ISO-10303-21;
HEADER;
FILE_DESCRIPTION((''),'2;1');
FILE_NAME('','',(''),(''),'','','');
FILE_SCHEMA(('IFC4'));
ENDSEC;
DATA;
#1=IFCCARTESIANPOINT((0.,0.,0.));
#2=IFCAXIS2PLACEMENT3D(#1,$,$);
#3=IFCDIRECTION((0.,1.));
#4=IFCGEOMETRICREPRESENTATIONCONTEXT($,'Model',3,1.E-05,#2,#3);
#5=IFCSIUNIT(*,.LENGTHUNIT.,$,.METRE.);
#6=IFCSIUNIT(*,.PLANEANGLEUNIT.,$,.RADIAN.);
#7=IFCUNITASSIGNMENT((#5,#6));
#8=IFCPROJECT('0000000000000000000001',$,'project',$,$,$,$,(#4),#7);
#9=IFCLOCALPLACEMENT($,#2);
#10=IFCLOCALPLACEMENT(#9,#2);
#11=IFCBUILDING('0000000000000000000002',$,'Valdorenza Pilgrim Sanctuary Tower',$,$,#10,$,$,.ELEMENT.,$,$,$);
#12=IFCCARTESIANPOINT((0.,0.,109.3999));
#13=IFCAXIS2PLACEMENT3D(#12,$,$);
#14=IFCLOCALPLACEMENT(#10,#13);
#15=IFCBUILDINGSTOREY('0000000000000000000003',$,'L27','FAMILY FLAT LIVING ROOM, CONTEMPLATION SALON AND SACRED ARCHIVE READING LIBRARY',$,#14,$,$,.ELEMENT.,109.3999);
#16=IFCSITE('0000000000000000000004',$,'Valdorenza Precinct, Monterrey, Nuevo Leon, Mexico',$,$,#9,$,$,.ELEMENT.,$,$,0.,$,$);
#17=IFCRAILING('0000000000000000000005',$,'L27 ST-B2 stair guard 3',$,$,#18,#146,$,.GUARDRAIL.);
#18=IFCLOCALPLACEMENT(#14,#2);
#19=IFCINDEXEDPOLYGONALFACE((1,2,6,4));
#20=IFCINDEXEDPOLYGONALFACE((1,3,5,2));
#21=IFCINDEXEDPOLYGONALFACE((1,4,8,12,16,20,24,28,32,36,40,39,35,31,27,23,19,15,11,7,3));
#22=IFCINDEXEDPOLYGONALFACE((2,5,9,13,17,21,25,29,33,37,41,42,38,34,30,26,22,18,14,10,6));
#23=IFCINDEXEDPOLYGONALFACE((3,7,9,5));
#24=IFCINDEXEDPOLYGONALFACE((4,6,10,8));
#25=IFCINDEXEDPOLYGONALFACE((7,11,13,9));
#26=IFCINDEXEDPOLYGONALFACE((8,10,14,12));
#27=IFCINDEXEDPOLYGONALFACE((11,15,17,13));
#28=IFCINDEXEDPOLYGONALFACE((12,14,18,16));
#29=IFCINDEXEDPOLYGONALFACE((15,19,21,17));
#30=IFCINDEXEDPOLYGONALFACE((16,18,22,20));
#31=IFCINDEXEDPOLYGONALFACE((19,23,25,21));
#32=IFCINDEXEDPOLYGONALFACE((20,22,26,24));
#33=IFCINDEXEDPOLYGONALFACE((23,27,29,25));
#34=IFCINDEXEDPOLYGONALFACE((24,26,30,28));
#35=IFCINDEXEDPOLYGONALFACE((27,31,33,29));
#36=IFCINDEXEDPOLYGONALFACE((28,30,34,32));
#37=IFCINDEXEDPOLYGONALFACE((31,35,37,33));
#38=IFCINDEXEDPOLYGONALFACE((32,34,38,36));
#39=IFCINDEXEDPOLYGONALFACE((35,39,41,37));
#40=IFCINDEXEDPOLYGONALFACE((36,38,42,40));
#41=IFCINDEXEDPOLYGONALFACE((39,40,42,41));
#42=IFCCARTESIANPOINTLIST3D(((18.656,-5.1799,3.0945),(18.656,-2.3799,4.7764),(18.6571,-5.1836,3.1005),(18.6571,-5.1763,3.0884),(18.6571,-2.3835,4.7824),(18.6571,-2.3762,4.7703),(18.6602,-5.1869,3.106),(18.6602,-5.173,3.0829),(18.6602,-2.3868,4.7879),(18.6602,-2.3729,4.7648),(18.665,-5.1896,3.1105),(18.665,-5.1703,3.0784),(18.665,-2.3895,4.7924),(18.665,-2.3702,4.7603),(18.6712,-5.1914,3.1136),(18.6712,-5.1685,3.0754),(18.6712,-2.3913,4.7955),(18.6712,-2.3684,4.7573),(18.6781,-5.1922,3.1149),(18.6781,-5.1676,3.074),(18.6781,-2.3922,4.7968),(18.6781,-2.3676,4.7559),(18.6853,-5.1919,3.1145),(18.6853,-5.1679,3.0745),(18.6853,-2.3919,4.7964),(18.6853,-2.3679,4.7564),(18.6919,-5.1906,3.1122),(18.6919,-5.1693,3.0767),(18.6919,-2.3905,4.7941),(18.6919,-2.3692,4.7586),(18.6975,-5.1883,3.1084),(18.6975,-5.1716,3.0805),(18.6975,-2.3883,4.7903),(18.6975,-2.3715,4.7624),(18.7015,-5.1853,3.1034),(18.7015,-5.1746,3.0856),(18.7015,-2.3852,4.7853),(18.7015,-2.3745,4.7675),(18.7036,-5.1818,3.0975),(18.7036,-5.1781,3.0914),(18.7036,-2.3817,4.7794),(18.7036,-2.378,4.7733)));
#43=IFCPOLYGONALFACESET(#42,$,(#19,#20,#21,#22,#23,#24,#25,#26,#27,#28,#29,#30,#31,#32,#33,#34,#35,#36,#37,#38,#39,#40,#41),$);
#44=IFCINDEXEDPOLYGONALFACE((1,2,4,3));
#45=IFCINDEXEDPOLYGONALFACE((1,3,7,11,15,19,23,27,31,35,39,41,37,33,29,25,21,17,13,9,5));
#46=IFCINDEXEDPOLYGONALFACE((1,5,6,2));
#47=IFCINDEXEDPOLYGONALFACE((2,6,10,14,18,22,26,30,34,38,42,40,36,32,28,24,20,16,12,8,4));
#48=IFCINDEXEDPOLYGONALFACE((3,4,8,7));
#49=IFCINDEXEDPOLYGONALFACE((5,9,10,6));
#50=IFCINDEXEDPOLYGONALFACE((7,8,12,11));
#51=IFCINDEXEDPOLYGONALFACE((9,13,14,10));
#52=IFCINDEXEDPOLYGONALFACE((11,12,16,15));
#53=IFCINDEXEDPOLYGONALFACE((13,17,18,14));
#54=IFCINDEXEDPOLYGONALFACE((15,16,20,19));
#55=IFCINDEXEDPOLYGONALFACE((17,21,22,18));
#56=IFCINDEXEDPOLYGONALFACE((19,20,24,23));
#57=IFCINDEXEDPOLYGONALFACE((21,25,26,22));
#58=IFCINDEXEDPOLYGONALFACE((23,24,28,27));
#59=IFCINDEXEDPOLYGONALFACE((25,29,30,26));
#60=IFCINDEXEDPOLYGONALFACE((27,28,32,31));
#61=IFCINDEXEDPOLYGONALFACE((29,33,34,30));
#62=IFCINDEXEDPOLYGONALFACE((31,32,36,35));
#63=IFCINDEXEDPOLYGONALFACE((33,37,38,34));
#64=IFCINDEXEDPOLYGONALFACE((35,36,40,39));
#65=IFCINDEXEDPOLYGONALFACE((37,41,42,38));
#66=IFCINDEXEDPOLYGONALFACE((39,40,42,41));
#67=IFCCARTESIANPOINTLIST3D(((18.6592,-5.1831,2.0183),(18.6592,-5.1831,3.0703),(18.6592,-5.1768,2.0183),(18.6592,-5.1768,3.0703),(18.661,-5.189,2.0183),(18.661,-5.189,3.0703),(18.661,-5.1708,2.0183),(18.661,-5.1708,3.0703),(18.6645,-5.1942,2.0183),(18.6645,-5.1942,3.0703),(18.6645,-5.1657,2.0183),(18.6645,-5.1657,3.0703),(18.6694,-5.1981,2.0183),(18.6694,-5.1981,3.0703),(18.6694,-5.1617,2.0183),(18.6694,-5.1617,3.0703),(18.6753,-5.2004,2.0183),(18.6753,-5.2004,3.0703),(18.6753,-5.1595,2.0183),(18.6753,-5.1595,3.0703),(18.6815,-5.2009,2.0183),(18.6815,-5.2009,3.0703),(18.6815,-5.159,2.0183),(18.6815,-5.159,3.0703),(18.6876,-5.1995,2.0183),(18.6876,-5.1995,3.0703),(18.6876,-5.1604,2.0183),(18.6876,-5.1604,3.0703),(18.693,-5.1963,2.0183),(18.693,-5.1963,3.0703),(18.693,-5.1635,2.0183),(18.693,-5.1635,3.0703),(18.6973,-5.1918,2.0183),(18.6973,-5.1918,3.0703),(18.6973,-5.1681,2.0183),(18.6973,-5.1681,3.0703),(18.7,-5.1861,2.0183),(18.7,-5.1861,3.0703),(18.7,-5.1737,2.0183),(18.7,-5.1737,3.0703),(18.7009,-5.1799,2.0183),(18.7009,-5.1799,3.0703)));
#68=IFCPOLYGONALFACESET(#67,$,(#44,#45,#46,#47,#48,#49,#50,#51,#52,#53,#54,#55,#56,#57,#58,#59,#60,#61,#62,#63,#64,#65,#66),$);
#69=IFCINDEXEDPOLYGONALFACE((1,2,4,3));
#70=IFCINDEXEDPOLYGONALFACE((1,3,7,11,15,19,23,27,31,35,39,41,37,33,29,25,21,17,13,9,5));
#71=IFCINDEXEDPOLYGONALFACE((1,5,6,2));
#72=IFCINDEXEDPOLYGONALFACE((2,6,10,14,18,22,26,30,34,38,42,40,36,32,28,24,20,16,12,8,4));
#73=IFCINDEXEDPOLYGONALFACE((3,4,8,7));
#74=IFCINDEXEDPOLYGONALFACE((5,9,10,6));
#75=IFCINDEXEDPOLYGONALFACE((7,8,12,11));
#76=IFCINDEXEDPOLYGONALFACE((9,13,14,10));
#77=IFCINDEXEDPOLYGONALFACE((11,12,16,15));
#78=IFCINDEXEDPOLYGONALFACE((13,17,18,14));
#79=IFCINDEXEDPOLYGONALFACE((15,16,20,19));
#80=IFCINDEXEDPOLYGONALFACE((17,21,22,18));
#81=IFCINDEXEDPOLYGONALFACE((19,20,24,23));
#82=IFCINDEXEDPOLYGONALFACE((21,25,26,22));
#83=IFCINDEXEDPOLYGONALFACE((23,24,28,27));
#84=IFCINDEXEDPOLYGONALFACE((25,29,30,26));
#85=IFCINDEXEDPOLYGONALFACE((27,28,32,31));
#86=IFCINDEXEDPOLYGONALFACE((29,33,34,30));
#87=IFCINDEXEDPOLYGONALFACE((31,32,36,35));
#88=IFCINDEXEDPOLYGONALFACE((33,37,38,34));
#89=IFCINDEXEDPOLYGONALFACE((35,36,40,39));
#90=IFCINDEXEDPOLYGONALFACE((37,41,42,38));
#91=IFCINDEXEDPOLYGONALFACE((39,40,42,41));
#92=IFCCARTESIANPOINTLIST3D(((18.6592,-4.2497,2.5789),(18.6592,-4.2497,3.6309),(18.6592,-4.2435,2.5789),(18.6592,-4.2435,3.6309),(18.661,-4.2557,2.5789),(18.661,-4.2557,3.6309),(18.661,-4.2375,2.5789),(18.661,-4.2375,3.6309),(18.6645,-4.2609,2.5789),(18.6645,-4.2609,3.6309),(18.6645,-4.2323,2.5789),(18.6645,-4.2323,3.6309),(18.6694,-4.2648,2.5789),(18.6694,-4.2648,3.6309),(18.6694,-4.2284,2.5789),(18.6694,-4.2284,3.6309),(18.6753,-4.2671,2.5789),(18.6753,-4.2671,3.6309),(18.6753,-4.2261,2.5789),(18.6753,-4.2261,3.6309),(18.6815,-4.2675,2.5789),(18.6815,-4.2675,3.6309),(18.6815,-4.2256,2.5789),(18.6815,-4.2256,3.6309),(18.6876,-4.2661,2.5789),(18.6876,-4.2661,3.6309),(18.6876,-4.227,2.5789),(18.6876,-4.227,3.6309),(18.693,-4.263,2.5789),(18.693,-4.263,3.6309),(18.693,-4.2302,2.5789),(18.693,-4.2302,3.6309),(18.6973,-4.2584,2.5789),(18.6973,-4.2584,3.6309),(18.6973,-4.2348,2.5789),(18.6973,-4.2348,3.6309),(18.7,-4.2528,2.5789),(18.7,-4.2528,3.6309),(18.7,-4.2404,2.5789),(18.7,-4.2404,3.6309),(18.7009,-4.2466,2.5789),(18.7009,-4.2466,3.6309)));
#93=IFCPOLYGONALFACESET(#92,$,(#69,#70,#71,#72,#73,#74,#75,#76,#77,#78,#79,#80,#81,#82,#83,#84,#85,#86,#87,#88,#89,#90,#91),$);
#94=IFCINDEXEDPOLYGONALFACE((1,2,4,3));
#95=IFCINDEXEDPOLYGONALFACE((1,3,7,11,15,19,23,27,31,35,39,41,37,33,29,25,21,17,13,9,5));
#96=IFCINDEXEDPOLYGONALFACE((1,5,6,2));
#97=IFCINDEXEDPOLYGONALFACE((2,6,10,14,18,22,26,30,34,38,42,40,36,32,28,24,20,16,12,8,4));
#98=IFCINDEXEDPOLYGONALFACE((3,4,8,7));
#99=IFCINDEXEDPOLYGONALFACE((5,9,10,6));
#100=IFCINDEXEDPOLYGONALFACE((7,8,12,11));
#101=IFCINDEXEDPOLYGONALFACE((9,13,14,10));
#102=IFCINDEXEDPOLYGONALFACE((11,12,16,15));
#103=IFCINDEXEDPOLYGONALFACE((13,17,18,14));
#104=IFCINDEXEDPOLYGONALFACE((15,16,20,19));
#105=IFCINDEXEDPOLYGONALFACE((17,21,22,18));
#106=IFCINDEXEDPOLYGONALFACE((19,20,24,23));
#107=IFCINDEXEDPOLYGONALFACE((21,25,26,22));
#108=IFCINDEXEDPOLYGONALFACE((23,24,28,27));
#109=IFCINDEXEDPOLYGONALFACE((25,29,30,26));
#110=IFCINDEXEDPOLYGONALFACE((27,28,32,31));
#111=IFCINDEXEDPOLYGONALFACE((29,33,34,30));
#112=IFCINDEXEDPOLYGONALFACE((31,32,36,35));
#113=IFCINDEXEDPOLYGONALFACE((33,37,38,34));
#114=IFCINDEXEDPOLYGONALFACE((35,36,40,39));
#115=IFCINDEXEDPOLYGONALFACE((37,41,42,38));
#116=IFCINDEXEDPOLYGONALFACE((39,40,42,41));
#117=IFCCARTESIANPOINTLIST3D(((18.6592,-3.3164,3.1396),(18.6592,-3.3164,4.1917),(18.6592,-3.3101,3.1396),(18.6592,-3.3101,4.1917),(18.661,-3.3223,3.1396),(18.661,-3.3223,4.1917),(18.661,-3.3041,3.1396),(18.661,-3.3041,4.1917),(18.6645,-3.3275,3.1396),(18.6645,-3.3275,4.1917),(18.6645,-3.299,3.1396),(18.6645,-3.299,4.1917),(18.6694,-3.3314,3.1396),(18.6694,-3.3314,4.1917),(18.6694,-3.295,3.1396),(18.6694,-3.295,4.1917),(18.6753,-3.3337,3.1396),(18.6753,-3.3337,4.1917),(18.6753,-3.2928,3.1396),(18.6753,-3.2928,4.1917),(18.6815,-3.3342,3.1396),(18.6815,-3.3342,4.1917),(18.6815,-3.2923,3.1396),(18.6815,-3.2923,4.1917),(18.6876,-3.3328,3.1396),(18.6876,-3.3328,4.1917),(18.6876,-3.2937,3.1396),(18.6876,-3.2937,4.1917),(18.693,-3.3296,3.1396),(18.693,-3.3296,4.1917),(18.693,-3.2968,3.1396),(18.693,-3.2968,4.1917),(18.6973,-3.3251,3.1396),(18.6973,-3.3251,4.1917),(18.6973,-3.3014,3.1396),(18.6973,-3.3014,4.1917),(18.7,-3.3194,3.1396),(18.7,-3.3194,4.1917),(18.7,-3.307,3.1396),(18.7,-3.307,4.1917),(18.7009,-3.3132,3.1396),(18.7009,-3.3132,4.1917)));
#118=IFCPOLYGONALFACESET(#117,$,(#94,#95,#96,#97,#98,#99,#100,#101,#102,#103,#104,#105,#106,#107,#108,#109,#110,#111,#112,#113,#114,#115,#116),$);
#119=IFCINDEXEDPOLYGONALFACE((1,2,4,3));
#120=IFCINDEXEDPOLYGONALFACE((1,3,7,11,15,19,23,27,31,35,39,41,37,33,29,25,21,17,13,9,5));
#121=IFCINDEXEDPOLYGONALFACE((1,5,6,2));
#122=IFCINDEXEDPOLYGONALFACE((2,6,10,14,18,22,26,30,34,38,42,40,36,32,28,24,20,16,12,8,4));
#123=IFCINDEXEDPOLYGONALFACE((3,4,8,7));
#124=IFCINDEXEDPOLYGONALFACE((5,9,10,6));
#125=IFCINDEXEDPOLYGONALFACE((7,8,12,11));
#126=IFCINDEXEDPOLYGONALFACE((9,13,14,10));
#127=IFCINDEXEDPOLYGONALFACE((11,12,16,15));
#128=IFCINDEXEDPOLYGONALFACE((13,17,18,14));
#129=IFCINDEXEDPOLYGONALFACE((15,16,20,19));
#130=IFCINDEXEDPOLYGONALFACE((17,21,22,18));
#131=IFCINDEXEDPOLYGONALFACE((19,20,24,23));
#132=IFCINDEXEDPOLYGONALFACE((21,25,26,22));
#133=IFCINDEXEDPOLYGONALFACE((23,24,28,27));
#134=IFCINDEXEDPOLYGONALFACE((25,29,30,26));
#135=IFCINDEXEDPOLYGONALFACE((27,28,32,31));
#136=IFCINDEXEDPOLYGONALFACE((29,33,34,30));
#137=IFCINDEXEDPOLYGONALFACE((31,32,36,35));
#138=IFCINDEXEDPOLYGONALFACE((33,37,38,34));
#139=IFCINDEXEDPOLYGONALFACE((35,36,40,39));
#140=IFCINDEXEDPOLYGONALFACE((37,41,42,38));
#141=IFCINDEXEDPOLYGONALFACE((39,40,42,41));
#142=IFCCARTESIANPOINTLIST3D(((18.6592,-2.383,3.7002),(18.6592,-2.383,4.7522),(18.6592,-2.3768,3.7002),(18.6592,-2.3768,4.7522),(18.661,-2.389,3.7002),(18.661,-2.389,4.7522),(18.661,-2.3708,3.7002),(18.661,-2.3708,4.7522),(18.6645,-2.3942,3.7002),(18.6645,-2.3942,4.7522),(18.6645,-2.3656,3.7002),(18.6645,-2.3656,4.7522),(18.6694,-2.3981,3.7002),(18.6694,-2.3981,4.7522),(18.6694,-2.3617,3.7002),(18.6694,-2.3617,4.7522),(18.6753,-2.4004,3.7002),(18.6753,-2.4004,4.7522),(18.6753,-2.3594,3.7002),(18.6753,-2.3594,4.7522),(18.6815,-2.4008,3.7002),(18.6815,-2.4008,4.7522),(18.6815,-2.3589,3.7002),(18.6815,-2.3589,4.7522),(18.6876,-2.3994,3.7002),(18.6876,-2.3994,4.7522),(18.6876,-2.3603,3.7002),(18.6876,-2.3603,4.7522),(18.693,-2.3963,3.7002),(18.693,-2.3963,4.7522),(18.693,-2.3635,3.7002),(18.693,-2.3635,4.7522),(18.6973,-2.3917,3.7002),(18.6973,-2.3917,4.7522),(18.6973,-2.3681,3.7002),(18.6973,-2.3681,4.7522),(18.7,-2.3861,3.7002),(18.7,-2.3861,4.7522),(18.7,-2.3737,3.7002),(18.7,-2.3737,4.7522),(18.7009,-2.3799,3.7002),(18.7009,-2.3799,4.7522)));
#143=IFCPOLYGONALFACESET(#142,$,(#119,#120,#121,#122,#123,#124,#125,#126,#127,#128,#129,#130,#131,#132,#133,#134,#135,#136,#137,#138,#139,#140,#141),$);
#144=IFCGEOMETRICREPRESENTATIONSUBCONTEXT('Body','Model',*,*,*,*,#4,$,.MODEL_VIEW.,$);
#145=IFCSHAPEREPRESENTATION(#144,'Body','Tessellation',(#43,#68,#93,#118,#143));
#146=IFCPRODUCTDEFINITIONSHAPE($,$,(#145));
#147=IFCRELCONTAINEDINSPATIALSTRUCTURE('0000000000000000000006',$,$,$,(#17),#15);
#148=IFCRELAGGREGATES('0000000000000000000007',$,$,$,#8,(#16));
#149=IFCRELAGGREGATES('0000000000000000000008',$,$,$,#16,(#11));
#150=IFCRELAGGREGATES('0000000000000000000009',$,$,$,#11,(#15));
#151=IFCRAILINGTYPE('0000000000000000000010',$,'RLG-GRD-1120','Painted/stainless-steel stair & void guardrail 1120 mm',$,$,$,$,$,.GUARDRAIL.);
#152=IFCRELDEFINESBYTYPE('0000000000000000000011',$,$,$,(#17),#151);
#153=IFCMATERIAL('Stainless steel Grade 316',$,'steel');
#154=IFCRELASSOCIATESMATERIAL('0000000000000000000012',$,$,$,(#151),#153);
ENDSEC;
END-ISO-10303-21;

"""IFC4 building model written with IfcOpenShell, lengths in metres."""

from ifc_helpers import new_model, si_unit, direction, frame, origin, origin_2d, place, context, subcontext, project, spatial, circle, extrude, material, type_object, element, save


model = new_model("IFC4")

# Units and contexts
model_context = context("Model", 3, precision=1e-05, world=origin(), true_north=direction((0.0, 1.0)))
body_context = subcontext(model_context, "Body", "Model", "MODEL_VIEW")
ifc_project = project(units=[si_unit("LENGTHUNIT", "METRE"), si_unit("PLANEANGLEUNIT", "RADIAN")], contexts=[model_context])

# Site, building, storey
site_placement = place(None, origin())
site = spatial("IfcSite", under=ifc_project, at=site_placement, Name="Valdorenza Precinct, Monterrey, Nuevo Leon, Mexico", CompositionType="ELEMENT", RefElevation=0.0)
building_placement = place(site_placement, origin())
building = spatial("IfcBuilding", under=site, at=building_placement, Name="Valdorenza Pilgrim Sanctuary Tower", CompositionType="ELEMENT")
storey_placement = place(building_placement, frame((0.0, 0.0, 109.3999)))
storey = spatial("IfcBuildingStorey", under=building, at=storey_placement, Name="L27", Description="FAMILY FLAT LIVING ROOM, CONTEMPLATION SALON AND SACRED ARCHIVE READING LIBRARY", CompositionType="ELEMENT", Elevation=109.3999)

# Railing
ifc_material_1 = material(Name="Stainless steel Grade 316", Category="steel")
railing_type_1 = type_object("IfcRailingType", Name="RLG-GRD-1120", Description="Painted/stainless-steel stair & void guardrail 1120 mm", PredefinedType="GUARDRAIL", material=ifc_material_1)
railing_1_placement = place(storey_placement, frame((18.6799, -5.1799, 2.0183)))
element("IfcRailing", 1, at=railing_1_placement, inside=storey, type_object=railing_type_1, Name="L27 ST-B2 stair guard 3", PredefinedType="GUARDRAIL", context=body_context, shape_type="SweptSolid", body=[
    extrude(circle(Radius=0.0239, at=origin_2d()), frame((0.0, 0.0, 1.0762), z_axis=(0.0, 0.857242, 0.514913), x_axis=(-1.0, 0.0, 0.0)), (0.0, 0.0, 1.0), 3.2664),
    extrude(circle(Radius=0.021, at=origin_2d()), origin(), (0.0, 0.0, 1.0), 1.052),
    extrude(circle(Radius=0.021, at=origin_2d()), frame((0.0, 0.9333, 0.5605)), (0.0, 0.0, 1.0), 1.052),
    extrude(circle(Radius=0.021, at=origin_2d()), frame((0.0, 1.8667, 1.1213)), (0.0, 0.0, 1.0), 1.052),
    extrude(circle(Radius=0.021, at=origin_2d()), frame((0.0, 2.8, 1.6819)), (0.0, 0.0, 1.0), 1.052),
])

save(model, "model.ifc")
